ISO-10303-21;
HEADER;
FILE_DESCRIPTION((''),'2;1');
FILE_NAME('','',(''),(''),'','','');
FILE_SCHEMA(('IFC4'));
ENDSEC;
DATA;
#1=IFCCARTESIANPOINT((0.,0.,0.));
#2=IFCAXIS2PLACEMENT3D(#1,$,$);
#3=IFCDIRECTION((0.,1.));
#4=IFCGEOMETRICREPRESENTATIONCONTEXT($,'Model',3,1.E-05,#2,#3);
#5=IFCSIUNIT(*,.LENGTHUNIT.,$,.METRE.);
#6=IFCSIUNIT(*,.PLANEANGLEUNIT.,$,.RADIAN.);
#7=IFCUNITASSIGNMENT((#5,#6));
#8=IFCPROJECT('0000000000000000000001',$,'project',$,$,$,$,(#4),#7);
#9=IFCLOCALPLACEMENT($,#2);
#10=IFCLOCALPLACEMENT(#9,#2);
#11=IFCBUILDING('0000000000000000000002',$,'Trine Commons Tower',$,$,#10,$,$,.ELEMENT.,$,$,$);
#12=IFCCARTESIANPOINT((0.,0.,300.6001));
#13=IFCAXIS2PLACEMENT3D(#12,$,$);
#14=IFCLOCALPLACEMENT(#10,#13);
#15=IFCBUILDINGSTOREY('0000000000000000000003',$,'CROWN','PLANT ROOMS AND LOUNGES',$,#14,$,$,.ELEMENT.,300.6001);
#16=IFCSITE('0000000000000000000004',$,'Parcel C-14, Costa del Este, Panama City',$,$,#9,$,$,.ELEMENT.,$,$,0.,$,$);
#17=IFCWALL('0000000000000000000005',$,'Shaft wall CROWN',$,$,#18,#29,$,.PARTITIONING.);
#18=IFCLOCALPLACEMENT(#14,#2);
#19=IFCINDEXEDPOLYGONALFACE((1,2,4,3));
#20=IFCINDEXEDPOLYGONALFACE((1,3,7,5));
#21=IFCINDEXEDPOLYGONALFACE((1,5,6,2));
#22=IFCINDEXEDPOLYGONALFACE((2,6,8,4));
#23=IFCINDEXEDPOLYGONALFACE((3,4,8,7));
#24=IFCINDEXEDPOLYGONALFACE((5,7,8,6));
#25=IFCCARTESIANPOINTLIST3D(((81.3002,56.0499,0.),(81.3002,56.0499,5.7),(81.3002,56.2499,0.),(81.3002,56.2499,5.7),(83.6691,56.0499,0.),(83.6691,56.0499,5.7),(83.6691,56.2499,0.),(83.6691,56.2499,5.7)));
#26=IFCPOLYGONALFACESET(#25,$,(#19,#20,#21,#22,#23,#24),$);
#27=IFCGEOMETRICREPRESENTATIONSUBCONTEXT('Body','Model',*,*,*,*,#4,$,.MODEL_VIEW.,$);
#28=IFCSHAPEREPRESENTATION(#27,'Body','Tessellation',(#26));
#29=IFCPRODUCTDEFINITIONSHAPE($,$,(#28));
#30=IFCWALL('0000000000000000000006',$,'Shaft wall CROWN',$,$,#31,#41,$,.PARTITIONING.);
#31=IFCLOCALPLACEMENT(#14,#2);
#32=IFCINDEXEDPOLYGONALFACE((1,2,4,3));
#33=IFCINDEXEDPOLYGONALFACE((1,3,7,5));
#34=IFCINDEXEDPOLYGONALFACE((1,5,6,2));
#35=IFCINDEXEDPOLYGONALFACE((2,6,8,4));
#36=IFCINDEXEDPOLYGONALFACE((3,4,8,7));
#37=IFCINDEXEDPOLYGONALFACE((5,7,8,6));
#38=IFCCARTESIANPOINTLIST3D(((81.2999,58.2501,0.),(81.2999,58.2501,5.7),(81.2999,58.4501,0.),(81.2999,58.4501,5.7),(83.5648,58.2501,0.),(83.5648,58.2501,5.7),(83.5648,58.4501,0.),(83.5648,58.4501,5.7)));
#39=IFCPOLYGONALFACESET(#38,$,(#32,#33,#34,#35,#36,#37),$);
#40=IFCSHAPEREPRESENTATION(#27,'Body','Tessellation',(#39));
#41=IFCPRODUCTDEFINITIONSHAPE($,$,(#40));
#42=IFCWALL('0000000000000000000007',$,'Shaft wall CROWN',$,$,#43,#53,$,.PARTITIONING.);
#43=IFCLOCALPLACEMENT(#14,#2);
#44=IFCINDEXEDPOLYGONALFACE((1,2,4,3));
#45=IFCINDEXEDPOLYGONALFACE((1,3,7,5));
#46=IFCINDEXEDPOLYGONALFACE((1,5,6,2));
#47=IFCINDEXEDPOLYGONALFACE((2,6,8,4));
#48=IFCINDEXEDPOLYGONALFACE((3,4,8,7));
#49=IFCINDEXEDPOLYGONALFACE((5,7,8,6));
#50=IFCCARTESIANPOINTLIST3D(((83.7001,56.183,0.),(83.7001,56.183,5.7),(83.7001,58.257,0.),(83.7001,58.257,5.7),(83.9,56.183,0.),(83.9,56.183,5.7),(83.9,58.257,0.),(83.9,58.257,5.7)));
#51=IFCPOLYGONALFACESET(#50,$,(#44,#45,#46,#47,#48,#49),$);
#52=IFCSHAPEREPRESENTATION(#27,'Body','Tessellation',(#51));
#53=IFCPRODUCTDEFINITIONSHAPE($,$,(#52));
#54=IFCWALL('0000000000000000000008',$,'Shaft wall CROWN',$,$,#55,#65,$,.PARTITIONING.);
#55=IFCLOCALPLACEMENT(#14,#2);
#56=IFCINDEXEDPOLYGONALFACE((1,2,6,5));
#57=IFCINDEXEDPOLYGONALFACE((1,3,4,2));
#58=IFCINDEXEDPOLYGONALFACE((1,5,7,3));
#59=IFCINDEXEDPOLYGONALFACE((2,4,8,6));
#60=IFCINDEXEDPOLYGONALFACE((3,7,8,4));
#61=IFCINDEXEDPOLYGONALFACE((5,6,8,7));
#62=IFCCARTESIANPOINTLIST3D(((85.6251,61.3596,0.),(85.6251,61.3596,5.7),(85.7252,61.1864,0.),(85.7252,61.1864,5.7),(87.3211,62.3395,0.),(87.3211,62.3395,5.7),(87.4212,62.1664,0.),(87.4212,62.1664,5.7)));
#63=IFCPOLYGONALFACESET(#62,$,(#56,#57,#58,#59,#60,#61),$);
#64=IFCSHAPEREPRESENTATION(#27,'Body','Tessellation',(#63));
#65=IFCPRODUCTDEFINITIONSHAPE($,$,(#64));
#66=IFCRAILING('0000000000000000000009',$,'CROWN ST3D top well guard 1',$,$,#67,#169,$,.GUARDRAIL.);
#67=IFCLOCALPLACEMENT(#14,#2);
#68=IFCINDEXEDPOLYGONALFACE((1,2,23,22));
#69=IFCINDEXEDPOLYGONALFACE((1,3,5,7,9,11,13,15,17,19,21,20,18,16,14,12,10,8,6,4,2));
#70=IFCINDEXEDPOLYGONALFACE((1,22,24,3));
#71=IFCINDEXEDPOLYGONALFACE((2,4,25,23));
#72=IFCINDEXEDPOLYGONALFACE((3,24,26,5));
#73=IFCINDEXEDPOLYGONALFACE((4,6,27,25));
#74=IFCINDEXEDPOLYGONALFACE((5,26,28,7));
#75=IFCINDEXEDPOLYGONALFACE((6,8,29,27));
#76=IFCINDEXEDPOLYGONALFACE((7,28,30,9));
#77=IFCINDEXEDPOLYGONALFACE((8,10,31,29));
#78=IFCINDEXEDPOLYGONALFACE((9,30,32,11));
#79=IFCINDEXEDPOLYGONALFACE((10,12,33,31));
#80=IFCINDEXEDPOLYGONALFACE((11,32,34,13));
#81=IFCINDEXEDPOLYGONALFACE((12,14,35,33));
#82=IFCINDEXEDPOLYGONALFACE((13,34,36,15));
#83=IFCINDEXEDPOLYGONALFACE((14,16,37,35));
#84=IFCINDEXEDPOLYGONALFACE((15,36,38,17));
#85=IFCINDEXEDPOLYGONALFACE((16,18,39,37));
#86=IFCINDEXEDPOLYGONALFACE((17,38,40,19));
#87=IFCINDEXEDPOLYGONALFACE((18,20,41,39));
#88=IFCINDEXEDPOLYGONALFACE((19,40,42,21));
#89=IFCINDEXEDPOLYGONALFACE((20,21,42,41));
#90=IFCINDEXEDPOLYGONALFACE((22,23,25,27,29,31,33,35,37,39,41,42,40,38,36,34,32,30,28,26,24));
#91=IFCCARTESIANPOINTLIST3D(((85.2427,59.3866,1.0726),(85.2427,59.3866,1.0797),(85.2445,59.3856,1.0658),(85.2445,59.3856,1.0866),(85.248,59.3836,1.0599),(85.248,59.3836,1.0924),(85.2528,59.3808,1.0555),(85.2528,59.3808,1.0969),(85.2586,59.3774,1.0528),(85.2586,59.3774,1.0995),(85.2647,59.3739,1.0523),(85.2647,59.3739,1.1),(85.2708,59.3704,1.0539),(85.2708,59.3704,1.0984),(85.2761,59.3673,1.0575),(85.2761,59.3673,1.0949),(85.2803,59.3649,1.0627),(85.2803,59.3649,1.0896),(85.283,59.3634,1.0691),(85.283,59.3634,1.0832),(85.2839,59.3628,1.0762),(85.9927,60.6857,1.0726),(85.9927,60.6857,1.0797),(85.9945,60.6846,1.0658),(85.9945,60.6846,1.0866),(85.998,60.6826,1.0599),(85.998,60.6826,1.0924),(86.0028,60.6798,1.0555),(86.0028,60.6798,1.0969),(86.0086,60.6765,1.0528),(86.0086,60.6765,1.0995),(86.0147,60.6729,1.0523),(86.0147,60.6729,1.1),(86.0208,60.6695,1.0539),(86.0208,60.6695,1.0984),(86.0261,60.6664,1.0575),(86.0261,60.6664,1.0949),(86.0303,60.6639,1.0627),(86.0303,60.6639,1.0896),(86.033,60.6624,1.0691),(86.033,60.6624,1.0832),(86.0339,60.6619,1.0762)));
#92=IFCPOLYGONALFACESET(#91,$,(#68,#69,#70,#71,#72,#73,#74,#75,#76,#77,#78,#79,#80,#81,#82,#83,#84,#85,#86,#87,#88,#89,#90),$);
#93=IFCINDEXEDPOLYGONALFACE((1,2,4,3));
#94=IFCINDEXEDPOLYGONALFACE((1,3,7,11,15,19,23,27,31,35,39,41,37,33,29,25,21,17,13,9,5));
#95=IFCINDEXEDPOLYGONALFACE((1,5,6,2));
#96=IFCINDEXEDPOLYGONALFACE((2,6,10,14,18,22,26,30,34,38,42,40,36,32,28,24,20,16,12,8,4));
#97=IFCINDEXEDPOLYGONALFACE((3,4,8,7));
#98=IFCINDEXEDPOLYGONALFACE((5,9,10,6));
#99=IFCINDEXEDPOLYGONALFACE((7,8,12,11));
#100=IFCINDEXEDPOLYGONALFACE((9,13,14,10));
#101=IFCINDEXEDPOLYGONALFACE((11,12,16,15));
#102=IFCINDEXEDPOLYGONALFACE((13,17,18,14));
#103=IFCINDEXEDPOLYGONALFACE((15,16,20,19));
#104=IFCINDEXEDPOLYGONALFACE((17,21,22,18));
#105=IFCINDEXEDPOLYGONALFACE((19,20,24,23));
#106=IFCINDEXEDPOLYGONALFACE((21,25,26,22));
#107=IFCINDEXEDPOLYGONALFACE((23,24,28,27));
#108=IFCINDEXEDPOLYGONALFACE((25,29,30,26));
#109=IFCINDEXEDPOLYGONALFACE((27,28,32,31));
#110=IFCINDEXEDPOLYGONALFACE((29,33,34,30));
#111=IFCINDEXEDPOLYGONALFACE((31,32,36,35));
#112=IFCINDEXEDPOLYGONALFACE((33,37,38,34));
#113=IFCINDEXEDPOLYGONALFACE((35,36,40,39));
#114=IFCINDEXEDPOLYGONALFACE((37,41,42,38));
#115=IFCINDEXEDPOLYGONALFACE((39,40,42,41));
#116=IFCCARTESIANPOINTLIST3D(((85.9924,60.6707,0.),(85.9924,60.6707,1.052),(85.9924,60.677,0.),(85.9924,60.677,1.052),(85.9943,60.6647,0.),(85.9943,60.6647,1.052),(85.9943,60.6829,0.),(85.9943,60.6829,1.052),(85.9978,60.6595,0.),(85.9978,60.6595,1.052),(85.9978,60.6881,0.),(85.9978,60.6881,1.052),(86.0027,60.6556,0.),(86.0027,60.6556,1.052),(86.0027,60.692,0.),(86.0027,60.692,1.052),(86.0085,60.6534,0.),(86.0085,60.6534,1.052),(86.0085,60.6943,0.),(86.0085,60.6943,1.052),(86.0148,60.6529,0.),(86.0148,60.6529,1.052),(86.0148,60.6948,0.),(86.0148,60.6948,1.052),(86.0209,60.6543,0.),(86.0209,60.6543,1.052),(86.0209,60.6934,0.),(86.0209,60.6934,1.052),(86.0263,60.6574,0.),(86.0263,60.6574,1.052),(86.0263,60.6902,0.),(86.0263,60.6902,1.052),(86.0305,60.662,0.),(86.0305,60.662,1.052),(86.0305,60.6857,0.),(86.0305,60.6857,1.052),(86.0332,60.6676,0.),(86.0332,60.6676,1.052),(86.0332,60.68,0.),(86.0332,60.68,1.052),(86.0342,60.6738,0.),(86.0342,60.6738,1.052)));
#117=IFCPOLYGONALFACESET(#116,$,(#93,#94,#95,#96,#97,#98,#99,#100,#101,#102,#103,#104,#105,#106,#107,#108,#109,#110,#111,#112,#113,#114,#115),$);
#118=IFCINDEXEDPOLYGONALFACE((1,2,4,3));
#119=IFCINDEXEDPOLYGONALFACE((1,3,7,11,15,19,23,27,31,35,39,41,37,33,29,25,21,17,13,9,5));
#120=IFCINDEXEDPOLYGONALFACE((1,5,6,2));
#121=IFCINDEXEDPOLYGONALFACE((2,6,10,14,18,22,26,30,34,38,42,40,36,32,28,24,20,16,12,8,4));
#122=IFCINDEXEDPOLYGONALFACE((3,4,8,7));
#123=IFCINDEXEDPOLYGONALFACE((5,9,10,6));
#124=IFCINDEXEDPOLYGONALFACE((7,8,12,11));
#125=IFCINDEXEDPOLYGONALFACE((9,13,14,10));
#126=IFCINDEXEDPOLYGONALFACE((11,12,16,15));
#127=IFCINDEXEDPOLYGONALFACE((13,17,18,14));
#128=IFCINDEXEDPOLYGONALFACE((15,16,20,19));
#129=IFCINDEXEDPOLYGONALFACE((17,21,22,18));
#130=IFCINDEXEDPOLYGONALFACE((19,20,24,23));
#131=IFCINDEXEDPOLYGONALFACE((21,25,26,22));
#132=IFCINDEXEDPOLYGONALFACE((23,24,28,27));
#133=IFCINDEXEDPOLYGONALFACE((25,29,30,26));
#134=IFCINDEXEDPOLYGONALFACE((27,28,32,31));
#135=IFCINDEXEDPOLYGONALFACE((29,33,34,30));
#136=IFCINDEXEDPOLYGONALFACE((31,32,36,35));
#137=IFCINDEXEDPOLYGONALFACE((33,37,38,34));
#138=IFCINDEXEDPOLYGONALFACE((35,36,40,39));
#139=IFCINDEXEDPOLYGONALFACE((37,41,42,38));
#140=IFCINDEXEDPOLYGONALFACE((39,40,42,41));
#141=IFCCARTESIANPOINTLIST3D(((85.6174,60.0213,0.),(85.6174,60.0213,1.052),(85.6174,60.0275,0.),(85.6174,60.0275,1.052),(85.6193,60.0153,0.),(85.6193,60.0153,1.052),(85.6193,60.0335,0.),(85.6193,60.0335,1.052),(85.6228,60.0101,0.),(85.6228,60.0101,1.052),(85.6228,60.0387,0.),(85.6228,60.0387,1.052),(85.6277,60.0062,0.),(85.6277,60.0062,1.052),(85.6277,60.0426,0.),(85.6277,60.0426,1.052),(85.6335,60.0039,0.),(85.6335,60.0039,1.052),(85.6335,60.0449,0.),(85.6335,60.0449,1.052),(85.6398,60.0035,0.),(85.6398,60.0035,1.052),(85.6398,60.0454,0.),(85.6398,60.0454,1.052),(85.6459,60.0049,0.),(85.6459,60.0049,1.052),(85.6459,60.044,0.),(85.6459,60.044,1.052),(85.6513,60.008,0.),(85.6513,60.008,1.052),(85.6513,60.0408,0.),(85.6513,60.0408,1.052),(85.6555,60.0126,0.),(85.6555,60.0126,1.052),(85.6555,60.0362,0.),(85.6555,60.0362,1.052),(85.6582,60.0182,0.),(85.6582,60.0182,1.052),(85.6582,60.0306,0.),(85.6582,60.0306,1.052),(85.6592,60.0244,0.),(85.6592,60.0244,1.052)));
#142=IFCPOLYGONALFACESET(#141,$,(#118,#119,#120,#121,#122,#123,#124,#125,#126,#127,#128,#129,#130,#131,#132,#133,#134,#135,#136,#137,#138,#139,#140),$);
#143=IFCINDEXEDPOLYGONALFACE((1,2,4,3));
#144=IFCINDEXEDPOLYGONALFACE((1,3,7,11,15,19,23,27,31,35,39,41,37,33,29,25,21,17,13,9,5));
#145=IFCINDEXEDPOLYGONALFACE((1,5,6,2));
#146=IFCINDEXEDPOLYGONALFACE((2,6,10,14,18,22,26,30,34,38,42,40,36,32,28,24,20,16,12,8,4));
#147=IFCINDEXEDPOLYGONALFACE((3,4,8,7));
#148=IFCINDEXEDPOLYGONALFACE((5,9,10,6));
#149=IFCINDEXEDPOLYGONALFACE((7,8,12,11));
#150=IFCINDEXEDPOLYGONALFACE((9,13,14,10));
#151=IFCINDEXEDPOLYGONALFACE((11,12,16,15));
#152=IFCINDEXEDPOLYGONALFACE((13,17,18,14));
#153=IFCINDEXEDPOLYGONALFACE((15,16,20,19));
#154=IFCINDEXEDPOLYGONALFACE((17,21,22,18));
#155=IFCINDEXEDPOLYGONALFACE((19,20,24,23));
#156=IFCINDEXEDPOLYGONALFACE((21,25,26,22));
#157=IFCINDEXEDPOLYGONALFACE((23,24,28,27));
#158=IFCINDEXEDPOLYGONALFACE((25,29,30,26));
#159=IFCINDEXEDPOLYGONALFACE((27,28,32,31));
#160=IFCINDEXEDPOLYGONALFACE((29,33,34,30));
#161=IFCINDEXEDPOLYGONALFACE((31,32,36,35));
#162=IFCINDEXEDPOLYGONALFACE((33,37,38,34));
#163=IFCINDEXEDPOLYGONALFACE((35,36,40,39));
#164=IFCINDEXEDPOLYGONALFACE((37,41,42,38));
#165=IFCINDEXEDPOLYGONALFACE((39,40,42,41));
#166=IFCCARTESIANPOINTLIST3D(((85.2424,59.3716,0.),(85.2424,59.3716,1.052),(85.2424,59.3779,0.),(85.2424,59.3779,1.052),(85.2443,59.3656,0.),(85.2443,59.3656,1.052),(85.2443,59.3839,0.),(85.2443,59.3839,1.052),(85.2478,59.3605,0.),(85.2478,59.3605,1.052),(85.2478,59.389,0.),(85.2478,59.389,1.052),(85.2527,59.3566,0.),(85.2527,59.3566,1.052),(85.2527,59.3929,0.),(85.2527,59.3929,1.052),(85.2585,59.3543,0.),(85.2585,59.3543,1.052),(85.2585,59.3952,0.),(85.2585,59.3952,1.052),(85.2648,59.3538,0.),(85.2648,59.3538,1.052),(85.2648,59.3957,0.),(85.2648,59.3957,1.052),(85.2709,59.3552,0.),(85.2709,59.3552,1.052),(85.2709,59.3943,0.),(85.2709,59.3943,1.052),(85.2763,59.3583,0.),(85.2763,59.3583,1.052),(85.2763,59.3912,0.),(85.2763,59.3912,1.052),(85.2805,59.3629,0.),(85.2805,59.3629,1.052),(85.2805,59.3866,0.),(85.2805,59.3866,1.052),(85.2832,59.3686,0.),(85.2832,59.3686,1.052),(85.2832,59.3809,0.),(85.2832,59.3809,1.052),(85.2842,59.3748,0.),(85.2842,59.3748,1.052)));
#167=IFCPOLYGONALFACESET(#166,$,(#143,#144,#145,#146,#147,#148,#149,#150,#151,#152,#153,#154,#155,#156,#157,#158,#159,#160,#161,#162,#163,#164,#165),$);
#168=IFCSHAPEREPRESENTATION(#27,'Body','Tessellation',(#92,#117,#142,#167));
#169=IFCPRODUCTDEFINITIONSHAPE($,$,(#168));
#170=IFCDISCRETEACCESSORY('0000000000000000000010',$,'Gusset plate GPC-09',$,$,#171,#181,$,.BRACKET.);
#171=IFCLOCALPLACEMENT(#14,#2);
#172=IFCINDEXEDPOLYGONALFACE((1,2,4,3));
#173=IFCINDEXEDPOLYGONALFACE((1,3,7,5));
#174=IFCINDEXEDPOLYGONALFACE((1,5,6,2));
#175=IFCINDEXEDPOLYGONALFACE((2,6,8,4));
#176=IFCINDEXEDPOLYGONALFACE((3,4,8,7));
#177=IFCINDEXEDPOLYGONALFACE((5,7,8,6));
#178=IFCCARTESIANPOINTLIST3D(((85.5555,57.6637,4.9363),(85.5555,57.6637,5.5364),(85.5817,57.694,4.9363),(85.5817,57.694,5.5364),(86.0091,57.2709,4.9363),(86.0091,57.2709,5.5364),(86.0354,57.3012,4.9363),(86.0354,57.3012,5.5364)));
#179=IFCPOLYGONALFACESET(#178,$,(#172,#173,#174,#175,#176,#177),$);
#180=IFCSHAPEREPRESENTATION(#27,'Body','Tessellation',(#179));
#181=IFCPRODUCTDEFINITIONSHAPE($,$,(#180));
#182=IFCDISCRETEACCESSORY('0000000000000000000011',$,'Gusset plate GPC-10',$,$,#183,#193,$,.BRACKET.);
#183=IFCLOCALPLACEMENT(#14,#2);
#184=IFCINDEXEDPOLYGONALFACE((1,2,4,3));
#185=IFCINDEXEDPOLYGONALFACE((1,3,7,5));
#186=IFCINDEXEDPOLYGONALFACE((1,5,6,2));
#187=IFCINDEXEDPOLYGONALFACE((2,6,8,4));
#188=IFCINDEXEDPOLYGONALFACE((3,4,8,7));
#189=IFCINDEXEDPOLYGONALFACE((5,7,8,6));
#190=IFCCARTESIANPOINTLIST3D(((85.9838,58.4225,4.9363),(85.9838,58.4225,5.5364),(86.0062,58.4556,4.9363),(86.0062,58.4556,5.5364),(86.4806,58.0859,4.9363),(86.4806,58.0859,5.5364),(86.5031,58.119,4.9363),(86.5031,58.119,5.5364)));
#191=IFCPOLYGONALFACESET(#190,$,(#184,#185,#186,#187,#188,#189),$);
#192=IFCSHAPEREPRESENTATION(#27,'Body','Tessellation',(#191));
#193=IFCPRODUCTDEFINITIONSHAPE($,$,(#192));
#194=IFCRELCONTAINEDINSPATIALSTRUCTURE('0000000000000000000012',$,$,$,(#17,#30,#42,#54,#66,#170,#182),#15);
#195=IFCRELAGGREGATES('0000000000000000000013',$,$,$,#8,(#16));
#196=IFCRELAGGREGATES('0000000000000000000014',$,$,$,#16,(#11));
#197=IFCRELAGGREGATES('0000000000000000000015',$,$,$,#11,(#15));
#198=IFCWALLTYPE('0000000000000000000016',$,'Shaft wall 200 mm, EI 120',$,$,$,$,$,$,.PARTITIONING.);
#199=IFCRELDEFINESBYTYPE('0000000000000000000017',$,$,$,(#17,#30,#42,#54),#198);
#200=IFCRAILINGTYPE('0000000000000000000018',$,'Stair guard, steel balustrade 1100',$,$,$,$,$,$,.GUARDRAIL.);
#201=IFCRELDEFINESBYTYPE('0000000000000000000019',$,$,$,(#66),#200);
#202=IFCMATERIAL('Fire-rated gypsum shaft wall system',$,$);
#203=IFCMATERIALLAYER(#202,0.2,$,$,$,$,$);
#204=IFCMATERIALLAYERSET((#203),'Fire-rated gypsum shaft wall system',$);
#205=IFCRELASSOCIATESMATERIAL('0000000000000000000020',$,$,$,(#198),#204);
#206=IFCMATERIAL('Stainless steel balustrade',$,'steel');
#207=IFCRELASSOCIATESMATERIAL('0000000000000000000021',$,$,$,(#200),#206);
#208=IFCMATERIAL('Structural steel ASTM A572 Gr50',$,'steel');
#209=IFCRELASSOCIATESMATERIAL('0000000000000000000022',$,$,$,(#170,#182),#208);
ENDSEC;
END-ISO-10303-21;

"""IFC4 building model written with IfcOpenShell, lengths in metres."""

from ifc_helpers import new_model, si_unit, direction, frame, frame_2d, origin, origin_2d, place, context, subcontext, project, spatial, rectangle, circle, extrude, material, layer, layer_set, type_object, element, save


model = new_model("IFC4")

# Units and contexts
model_context = context("Model", 3, precision=1e-05, world=origin(), true_north=direction((0.0, 1.0)))
body_context = subcontext(model_context, "Body", "Model", "MODEL_VIEW")
ifc_project = project(units=[si_unit("LENGTHUNIT", "METRE"), si_unit("PLANEANGLEUNIT", "RADIAN")], contexts=[model_context])

# Site, building, storey
site_placement = place(None, origin())
site = spatial("IfcSite", under=ifc_project, at=site_placement, Name="Parcel C-14, Costa del Este, Panama City", CompositionType="ELEMENT", RefElevation=0.0)
building_placement = place(site_placement, origin())
building = spatial("IfcBuilding", under=site, at=building_placement, Name="Trine Commons Tower", CompositionType="ELEMENT")
storey_placement = place(building_placement, frame((0.0, 0.0, 300.6001)))
storey = spatial("IfcBuildingStorey", under=building, at=storey_placement, Name="CROWN", Description="PLANT ROOMS AND LOUNGES", CompositionType="ELEMENT", Elevation=300.6001)

# Walls
ifc_material_1 = material(Name="Fire-rated gypsum shaft wall system")
ifc_layer_1 = layer(ifc_material_1, 0.2)
ifc_layer_set_1 = layer_set([ifc_layer_1], Name="Fire-rated gypsum shaft wall system")
wall_type_1 = type_object("IfcWallType", Name="Shaft wall 200 mm, EI 120", PredefinedType="PARTITIONING", material=ifc_layer_set_1)
wall_1_placement = place(storey_placement, frame((81.3, 56.1499, 0.0), z_axis=(0.0, 0.0, 1.0), x_axis=(1.0, 0.0, 0.0)))
element("IfcWall", 1, at=wall_1_placement, inside=storey, type_object=wall_type_1, Name="Shaft wall CROWN", PredefinedType="PARTITIONING", context=body_context, shape_type="SweptSolid", body=[
    extrude(rectangle(XDim=2.3689, YDim=0.2, at=frame_2d((1.1846, 0.0))), origin(), (0.0, 0.0, 1.0), 5.7),
])
wall_2_placement = place(storey_placement, frame((81.3, 58.3501, 0.0), z_axis=(0.0, 0.0, 1.0), x_axis=(1.0, 0.0, 0.0)))
element("IfcWall", 2, at=wall_2_placement, inside=storey, type_object=wall_type_1, Name="Shaft wall CROWN", PredefinedType="PARTITIONING", context=body_context, shape_type="SweptSolid", body=[
    extrude(rectangle(XDim=2.2649, YDim=0.2, at=frame_2d((1.1323, 0.0))), origin(), (0.0, 0.0, 1.0), 5.7),
])
wall_3_placement = place(storey_placement, frame((83.8, 58.2571, 0.0), z_axis=(0.0, 0.0, 1.0), x_axis=(0.0, -1.0, 0.0)))
element("IfcWall", 3, at=wall_3_placement, inside=storey, type_object=wall_type_1, Name="Shaft wall CROWN", PredefinedType="PARTITIONING", context=body_context, shape_type="SweptSolid", body=[
    extrude(rectangle(XDim=2.074, YDim=0.2, at=frame_2d((1.0371, 0.0))), origin(), (0.0, 0.0, 1.0), 5.7),
])
wall_4_placement = place(storey_placement, frame((85.675, 61.2729, 0.0), z_axis=(0.0, 0.0, 1.0), x_axis=(0.865855, 0.500294, 0.0)))
element("IfcWall", 4, at=wall_4_placement, inside=storey, type_object=wall_type_1, Name="Shaft wall CROWN", PredefinedType="PARTITIONING", context=body_context, shape_type="SweptSolid", body=[
    extrude(rectangle(XDim=1.9587, YDim=0.2, at=frame_2d((0.9795, 0.0))), origin(), (0.0, 0.0, 1.0), 5.7),
])

# Railing
ifc_material_2 = material(Name="Stainless steel balustrade", Category="steel")
railing_type = type_object("IfcRailingType", Name="Stair guard, steel balustrade 1100", PredefinedType="GUARDRAIL", material=ifc_material_2)
railing_placement = place(storey_placement, frame((86.0132, 60.6738, 0.0)))
element("IfcRailing", 5, at=railing_placement, inside=storey, type_object=railing_type, Name="CROWN ST3D top well guard 1", PredefinedType="GUARDRAIL", context=body_context, shape_type="SweptSolid", body=[
    extrude(circle(Radius=0.0239, at=origin_2d()), frame((0.0, 0.0, 1.0762), z_axis=(-0.49999, -0.866031, 0.0), x_axis=(0.866031, -0.49999, 0.0)), (0.0, 0.0, 1.0), 1.5),
    extrude(circle(Radius=0.021, at=origin_2d()), origin(), (0.0, 0.0, 1.0), 1.052),
    extrude(circle(Radius=0.021, at=origin_2d()), frame((-0.375, -0.6494, 0.0)), (0.0, 0.0, 1.0), 1.052),
    extrude(circle(Radius=0.021, at=origin_2d()), frame((-0.75, -1.2991, 0.0)), (0.0, 0.0, 1.0), 1.052),
])

# Discrete accessories
ifc_material_3 = material(Name="Structural steel ASTM A572 Gr50", Category="steel")
for number, where, z_axis, x_axis, name in (
    (6, (85.7954, 57.4824, 4.9363), (0.0, 0.0, 1.0), (0.756011, -0.654559, 0.0), "Gusset plate GPC-09"),
    (7, (86.2434, 58.2708, 4.9363), (0.0, 0.0, 1.0), (0.827925, -0.560838, 0.0), "Gusset plate GPC-10"),
):
    element("IfcDiscreteAccessory", number, at=place(storey_placement, frame(where, z_axis=z_axis, x_axis=x_axis)), inside=storey, material=ifc_material_3, Name=name, PredefinedType="BRACKET", context=body_context, shape_type="SweptSolid", body=[
        extrude(rectangle(XDim=0.6001, YDim=0.04, at=origin_2d()), origin(), (0.0, 0.0, 1.0), 0.6001),
    ])

save(model, "model.ifc")
